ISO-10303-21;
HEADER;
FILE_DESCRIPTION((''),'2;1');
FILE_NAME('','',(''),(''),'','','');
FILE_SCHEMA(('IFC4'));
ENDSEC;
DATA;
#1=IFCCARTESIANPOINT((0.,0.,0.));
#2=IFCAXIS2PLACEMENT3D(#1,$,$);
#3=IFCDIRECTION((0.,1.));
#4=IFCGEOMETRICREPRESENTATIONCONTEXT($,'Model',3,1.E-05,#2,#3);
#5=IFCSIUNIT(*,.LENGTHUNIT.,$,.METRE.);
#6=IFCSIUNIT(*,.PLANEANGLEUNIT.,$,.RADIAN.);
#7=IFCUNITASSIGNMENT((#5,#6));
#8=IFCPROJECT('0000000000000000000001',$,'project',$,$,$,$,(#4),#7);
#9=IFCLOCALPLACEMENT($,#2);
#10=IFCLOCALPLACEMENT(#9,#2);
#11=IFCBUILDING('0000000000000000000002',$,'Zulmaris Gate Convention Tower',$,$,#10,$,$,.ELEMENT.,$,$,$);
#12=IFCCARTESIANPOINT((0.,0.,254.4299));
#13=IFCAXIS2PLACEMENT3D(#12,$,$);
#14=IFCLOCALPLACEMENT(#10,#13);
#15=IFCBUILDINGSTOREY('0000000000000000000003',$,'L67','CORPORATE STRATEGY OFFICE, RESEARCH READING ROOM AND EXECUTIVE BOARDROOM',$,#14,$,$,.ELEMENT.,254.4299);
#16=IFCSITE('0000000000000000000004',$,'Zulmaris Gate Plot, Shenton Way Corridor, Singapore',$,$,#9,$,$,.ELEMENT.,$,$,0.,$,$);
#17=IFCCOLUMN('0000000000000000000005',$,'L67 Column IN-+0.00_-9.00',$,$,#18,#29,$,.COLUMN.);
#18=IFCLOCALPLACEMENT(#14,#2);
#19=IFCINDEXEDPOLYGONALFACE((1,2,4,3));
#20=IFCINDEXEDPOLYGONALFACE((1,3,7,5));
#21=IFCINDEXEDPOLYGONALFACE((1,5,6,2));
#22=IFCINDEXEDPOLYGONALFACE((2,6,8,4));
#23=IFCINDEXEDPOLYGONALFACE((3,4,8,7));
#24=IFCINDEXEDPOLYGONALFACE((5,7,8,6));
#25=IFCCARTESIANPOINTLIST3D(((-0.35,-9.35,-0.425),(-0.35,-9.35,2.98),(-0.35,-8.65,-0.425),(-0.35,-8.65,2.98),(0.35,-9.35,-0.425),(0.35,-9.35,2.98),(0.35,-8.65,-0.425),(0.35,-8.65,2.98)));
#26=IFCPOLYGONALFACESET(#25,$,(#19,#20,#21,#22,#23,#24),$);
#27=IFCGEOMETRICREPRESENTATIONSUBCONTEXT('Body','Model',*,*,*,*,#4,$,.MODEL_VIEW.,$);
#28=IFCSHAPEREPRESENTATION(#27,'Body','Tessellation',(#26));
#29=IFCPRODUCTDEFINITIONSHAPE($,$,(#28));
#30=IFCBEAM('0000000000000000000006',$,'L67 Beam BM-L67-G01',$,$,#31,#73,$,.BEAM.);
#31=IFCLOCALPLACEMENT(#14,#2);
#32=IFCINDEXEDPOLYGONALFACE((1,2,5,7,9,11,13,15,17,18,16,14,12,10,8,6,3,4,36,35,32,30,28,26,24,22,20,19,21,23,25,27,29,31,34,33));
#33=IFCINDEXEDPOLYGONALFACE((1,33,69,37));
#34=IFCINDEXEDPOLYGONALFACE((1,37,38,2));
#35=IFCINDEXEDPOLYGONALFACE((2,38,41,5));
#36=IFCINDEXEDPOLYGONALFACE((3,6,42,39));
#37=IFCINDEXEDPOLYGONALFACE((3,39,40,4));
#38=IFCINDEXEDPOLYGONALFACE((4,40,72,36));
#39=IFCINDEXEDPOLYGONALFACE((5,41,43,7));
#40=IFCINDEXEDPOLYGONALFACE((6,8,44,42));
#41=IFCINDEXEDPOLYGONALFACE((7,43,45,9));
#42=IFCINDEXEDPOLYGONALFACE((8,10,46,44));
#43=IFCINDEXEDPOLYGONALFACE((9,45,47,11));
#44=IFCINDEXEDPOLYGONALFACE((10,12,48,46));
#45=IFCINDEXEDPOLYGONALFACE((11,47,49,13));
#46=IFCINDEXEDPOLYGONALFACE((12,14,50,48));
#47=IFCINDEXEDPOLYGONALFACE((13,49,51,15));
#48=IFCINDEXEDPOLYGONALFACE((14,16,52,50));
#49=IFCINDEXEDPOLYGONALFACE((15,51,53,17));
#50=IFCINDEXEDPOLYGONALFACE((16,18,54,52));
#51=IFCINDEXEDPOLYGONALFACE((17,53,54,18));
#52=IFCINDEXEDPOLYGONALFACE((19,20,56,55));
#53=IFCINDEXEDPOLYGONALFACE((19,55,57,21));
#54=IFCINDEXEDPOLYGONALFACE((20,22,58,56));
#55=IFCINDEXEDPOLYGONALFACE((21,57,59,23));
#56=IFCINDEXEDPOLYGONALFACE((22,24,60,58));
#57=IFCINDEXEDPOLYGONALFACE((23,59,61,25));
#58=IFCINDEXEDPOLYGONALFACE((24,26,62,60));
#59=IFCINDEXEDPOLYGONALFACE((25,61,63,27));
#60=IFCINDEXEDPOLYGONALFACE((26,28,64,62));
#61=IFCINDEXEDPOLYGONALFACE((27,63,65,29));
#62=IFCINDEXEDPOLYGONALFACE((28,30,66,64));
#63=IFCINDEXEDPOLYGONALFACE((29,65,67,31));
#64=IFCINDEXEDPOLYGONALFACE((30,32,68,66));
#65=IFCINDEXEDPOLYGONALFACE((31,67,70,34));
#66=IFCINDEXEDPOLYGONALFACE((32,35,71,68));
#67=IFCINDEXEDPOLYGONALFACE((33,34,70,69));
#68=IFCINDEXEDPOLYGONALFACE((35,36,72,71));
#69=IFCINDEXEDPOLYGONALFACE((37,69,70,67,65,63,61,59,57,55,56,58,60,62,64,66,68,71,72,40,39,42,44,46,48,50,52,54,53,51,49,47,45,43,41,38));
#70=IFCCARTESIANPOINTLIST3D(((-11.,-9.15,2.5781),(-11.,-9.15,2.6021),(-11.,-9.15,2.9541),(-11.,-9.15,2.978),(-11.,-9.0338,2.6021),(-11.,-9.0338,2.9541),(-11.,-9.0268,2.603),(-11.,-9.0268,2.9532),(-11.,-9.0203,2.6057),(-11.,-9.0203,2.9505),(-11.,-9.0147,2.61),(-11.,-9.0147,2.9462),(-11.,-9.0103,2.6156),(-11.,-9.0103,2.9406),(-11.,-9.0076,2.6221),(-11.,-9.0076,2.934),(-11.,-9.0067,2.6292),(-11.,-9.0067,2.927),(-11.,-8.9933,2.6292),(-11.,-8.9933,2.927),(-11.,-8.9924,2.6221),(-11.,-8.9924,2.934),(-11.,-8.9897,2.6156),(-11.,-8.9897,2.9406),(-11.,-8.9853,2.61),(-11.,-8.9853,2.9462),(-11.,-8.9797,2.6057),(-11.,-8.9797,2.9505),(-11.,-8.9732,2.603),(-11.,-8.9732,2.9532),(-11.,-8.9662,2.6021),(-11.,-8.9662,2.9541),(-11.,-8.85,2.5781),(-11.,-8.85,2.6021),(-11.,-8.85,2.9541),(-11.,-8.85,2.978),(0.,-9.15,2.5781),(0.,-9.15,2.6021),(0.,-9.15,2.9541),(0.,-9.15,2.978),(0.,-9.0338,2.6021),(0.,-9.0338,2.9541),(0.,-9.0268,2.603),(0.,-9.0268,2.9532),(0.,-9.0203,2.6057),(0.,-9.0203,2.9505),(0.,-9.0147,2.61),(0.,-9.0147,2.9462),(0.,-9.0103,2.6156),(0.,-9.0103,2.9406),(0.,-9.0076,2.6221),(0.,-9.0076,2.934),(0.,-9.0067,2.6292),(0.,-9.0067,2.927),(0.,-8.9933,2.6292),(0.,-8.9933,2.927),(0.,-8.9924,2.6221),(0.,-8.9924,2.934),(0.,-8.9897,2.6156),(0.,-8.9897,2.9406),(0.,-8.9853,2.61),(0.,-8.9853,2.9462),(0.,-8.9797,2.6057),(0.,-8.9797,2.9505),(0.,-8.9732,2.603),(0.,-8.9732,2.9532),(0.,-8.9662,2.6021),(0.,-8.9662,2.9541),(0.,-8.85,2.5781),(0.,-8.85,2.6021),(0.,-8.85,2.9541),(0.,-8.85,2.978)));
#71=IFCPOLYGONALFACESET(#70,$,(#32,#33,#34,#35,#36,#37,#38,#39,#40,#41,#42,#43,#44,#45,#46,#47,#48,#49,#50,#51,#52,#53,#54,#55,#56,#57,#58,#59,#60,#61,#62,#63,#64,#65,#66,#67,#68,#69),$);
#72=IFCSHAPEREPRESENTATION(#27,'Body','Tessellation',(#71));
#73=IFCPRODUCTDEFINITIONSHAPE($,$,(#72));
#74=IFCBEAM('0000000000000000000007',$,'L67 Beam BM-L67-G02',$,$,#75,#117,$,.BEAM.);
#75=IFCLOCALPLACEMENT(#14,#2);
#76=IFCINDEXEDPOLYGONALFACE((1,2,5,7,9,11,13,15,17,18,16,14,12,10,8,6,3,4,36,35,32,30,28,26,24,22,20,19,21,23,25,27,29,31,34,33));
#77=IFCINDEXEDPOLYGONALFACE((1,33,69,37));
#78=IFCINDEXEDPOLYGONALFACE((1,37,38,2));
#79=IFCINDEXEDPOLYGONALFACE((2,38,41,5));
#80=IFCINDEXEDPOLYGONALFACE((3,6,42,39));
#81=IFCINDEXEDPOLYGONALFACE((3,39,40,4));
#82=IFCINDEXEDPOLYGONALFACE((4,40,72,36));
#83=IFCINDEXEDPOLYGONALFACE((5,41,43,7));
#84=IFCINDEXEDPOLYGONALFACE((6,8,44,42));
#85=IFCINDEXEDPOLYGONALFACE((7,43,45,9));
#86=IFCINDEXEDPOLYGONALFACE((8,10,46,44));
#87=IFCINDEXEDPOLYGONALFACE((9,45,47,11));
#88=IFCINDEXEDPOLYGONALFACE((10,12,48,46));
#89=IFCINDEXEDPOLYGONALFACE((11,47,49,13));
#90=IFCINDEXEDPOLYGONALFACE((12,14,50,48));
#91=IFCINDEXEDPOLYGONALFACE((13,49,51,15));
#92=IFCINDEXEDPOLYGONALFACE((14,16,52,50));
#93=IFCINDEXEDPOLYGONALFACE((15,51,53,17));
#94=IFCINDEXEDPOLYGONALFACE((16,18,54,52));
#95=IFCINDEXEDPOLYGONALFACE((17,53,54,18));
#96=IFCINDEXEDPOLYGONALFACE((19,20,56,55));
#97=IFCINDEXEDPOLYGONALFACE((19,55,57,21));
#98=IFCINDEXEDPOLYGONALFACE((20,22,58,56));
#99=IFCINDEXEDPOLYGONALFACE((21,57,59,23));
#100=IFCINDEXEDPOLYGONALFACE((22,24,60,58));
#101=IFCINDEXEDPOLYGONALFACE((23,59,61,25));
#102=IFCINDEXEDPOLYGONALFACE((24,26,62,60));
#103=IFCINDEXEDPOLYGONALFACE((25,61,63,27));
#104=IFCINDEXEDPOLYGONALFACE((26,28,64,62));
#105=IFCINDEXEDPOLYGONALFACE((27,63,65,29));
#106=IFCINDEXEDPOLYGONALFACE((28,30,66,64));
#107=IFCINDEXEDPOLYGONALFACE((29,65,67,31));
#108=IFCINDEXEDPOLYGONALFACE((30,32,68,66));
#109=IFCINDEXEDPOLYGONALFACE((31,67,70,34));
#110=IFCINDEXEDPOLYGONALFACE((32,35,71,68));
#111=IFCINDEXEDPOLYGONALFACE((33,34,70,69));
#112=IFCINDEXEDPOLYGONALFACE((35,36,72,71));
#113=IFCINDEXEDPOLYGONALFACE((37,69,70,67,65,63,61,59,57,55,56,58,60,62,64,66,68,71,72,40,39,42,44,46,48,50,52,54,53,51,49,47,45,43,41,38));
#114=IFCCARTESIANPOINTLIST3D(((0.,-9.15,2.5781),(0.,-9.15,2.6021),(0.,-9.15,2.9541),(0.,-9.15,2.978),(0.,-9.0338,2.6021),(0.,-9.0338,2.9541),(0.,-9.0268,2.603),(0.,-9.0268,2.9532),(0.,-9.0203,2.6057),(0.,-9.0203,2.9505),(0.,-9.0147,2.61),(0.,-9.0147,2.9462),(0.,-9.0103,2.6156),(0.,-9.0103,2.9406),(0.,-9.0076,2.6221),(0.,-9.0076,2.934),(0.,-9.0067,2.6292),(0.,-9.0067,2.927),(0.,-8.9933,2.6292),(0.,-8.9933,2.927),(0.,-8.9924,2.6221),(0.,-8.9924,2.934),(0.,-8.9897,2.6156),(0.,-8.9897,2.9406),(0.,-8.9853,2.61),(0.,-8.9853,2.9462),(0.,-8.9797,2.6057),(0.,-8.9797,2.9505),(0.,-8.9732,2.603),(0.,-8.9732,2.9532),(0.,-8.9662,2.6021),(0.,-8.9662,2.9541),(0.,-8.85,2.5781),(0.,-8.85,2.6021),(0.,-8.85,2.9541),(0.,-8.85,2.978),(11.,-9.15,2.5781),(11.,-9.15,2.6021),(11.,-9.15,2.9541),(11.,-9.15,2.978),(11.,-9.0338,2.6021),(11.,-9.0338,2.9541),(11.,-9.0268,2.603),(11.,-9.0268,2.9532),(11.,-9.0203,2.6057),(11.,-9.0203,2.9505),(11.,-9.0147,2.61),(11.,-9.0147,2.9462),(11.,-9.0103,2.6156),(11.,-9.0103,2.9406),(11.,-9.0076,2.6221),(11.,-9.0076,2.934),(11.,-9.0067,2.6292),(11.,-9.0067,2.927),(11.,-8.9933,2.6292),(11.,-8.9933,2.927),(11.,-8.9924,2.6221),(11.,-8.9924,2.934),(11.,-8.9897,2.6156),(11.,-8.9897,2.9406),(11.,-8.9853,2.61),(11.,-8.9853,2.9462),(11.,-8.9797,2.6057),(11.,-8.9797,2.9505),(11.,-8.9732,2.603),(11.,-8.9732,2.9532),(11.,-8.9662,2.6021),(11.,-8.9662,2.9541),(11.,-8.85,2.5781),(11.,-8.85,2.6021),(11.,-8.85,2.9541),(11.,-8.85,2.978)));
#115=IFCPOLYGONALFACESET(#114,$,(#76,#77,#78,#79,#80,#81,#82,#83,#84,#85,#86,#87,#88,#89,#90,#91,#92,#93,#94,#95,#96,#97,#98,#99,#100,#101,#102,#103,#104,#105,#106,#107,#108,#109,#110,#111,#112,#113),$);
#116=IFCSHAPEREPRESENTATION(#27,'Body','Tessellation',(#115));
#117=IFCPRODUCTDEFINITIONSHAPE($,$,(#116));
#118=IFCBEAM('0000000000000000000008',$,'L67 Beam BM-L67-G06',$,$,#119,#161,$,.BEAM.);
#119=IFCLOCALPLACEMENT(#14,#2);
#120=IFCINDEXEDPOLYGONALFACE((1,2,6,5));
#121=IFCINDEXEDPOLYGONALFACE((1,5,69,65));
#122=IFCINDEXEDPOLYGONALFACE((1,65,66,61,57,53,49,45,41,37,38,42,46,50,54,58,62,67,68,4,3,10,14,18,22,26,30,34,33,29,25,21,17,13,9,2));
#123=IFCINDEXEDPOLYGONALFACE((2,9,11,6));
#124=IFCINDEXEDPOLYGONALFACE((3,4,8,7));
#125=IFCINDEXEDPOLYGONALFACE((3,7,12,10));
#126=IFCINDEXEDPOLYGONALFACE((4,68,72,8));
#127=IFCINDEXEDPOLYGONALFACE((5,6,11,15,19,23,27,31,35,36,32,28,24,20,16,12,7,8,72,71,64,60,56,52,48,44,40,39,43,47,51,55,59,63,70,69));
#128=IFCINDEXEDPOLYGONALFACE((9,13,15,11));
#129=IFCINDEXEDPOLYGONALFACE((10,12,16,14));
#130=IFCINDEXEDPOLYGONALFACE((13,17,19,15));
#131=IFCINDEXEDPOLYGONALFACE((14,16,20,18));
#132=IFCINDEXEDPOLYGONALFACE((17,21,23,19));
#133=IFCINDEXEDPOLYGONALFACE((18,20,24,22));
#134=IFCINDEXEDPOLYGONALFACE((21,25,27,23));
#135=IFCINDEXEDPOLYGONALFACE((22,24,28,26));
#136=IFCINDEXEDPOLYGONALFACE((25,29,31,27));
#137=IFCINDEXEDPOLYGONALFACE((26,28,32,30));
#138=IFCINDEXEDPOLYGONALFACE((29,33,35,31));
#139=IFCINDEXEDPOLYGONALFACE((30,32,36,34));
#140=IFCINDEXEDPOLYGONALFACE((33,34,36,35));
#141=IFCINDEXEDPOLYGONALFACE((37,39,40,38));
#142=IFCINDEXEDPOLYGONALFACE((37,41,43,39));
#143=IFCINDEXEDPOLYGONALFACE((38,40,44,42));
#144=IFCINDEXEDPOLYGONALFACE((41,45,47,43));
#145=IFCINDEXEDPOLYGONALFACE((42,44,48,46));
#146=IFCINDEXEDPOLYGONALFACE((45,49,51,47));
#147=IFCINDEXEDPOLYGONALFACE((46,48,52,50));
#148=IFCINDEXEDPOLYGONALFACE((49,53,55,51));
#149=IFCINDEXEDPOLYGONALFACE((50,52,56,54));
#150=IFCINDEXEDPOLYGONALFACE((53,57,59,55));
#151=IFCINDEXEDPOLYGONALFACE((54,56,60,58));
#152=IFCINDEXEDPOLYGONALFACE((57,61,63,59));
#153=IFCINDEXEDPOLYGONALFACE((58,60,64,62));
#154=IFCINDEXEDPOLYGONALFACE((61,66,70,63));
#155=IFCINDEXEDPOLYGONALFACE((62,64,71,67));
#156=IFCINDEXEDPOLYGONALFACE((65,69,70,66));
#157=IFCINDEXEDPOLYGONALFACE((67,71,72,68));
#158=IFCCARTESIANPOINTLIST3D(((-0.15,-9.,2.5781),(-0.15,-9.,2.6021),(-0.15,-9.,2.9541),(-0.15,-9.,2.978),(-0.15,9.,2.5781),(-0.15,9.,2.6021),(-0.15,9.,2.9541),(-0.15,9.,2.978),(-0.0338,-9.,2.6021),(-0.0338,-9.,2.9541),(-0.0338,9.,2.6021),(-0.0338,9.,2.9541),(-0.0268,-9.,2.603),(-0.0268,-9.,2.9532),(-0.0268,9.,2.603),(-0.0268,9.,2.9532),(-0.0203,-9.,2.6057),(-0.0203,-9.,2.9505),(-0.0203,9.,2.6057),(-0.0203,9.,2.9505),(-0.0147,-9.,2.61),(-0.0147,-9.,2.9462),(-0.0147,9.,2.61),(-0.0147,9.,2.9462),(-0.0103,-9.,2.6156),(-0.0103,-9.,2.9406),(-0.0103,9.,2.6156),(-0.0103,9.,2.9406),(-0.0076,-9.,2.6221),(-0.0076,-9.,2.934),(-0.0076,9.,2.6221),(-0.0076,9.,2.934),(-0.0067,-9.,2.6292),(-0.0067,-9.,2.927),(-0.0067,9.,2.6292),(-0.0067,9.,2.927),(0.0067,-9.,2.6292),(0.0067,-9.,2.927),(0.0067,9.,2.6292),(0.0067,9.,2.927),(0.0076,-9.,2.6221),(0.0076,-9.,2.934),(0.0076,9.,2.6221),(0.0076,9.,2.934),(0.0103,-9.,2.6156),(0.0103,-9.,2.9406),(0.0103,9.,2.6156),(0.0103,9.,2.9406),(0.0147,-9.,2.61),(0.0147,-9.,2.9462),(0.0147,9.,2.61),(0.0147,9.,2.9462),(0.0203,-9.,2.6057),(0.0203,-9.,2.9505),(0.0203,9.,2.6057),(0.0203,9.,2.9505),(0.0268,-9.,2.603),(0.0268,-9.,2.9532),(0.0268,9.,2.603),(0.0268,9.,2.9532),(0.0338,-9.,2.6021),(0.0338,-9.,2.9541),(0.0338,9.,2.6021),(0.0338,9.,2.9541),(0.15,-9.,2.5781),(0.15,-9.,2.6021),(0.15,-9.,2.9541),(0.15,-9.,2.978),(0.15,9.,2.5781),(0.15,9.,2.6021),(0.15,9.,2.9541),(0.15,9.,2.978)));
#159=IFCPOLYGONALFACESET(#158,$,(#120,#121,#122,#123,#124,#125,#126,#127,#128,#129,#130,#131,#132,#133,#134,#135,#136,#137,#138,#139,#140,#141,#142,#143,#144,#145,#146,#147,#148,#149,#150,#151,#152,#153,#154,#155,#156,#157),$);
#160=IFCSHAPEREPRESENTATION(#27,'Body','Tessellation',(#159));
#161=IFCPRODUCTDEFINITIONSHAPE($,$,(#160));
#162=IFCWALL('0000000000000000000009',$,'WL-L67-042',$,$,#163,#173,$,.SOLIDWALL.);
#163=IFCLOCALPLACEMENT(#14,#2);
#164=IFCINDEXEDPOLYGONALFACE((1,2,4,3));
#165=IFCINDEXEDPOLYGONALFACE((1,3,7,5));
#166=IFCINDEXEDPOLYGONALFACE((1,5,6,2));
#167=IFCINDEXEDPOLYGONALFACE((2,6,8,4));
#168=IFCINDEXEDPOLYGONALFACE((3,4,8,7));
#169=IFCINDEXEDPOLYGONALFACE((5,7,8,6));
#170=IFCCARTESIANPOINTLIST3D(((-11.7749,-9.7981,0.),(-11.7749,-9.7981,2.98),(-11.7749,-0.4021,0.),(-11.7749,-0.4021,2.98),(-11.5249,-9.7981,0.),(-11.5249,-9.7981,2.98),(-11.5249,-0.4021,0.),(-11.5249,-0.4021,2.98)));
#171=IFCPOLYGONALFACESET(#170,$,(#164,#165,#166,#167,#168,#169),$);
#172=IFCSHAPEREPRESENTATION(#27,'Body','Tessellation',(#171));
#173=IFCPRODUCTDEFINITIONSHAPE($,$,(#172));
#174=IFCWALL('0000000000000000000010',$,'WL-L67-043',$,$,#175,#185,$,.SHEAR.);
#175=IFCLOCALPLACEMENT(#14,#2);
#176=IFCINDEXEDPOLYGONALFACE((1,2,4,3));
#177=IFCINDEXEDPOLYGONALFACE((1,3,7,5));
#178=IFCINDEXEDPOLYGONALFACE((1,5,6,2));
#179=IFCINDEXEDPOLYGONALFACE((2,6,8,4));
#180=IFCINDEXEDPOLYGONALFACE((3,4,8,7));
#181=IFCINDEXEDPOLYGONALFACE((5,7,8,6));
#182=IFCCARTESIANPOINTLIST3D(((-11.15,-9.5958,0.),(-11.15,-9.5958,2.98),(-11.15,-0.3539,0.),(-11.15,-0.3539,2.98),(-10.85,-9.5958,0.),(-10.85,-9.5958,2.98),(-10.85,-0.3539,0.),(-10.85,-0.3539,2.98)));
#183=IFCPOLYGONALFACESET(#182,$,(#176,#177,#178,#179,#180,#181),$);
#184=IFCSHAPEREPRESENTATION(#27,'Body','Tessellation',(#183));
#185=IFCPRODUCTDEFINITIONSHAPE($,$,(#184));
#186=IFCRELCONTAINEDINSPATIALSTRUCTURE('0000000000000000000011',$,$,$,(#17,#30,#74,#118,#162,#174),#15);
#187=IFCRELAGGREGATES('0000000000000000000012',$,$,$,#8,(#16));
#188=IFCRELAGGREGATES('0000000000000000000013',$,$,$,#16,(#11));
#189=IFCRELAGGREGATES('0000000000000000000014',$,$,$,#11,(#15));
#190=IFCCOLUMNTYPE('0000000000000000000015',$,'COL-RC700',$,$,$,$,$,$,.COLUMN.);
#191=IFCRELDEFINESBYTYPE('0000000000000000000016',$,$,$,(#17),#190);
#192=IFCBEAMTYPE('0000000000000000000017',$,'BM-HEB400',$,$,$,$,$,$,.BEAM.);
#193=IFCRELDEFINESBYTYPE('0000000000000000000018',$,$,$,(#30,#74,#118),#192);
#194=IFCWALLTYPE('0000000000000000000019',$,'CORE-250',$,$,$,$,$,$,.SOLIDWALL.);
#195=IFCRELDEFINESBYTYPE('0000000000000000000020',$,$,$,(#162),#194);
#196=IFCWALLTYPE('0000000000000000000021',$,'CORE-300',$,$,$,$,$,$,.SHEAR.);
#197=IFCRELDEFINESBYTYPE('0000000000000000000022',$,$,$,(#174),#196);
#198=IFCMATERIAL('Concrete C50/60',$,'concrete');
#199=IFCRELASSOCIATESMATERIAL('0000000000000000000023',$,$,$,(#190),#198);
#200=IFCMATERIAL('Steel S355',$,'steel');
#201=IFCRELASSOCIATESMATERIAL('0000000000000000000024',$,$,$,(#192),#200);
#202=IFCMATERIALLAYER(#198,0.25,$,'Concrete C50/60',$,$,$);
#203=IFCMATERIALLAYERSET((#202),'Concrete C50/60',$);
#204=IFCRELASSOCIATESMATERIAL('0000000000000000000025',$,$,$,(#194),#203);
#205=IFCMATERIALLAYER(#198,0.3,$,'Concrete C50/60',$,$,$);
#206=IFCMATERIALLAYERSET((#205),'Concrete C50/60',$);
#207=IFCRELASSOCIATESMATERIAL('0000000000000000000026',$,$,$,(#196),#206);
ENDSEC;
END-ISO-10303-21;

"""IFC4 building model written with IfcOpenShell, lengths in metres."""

from ifc_helpers import new_model, si_unit, direction, frame, frame_2d, origin, origin_2d, place, context, subcontext, project, spatial, rectangle, i_section, extrude, material, layer, layer_set, material_profile, profile_set, type_object, element, save


model = new_model("IFC4")

# Units and contexts
model_context = context("Model", 3, precision=1e-05, world=origin(), true_north=direction((0.0, 1.0)))
body_context = subcontext(model_context, "Body", "Model", "MODEL_VIEW")
ifc_project = project(units=[si_unit("LENGTHUNIT", "METRE"), si_unit("PLANEANGLEUNIT", "RADIAN")], contexts=[model_context])

# Site, building, storey
site_placement = place(None, origin())
site = spatial("IfcSite", under=ifc_project, at=site_placement, Name="Zulmaris Gate Plot, Shenton Way Corridor, Singapore", CompositionType="ELEMENT", RefElevation=0.0)
building_placement = place(site_placement, origin())
building = spatial("IfcBuilding", under=site, at=building_placement, Name="Zulmaris Gate Convention Tower", CompositionType="ELEMENT")
storey_placement = place(building_placement, frame((0.0, 0.0, 254.4299)))
storey = spatial("IfcBuildingStorey", under=building, at=storey_placement, Name="L67", Description="CORPORATE STRATEGY OFFICE, RESEARCH READING ROOM AND EXECUTIVE BOARDROOM", CompositionType="ELEMENT", Elevation=254.4299)

# Column
ifc_material_1 = material(Name="Concrete C50/60", Category="concrete")
ifc_material_profile_1 = material_profile(ifc_material_1, rectangle(XDim=0.7, YDim=0.7, at=origin_2d()), Name="RC COL 700x700")
ifc_profile_set_1 = profile_set([ifc_material_profile_1], Name="Concrete C50/60")
column_type = type_object("IfcColumnType", Name="COL-RC700", PredefinedType="COLUMN", material=ifc_profile_set_1)
column_placement = place(storey_placement, frame((0.0, -9.0, -0.425), z_axis=(0.0, 0.0, 1.0), x_axis=(1.0, 0.0, 0.0)))
element("IfcColumn", 1, at=column_placement, inside=storey, type_object=column_type, Name="L67 Column IN-+0.00_-9.00", PredefinedType="COLUMN", context=body_context, shape_type="SweptSolid", body=[
    extrude(rectangle(XDim=0.7, YDim=0.7, at=origin_2d()), origin(), (0.0, 0.0, 1.0), 3.405),
])

# Beams
ifc_material_2 = material(Name="Steel S355", Category="steel")
ifc_material_profile_2 = material_profile(ifc_material_2, i_section(OverallWidth=0.3, OverallDepth=0.3999, WebThickness=0.0134, FlangeThickness=0.0239, FilletRadius=0.0271, at=origin_2d()), Name="HEB 400")
ifc_profile_set_2 = profile_set([ifc_material_profile_2], Name="Steel S355")
beam_type = type_object("IfcBeamType", Name="BM-HEB400", PredefinedType="BEAM", material=ifc_profile_set_2)
for number, where, z_axis, x_axis, name in (
    (2, (-11.0, -9.0, 2.7781), (1.0, 0.0, 0.0), (0.0, 1.0, 0.0), "L67 Beam BM-L67-G01"),
    (3, (0.0, -9.0, 2.7781), (1.0, 0.0, 0.0), (0.0, 1.0, 0.0), "L67 Beam BM-L67-G02"),
):
    element("IfcBeam", number, at=place(storey_placement, frame(where, z_axis=z_axis, x_axis=x_axis)), inside=storey, type_object=beam_type, Name=name, PredefinedType="BEAM", context=body_context, shape_type="SweptSolid", body=[
        extrude(i_section(OverallWidth=0.3, OverallDepth=0.3999, WebThickness=0.0134, FlangeThickness=0.0239, FilletRadius=0.0271, at=origin_2d()), origin(), (0.0, 0.0, 1.0), 11.0),
    ])
beam_placement = place(storey_placement, frame((0.0, -9.0, 2.7781), z_axis=(0.0, 1.0, 0.0), x_axis=(-1.0, 0.0, 0.0)))
element("IfcBeam", 4, at=beam_placement, inside=storey, type_object=beam_type, Name="L67 Beam BM-L67-G06", PredefinedType="BEAM", context=body_context, shape_type="SweptSolid", body=[
    extrude(i_section(OverallWidth=0.3, OverallDepth=0.3999, WebThickness=0.0134, FlangeThickness=0.0239, FilletRadius=0.0271, at=origin_2d()), origin(), (0.0, 0.0, 1.0), 18.0),
])

# Walls
ifc_layer_1 = layer(ifc_material_1, 0.25, Name="Concrete C50/60")
ifc_layer_set_1 = layer_set([ifc_layer_1], Name="Concrete C50/60")
wall_type_1 = type_object("IfcWallType", Name="CORE-250", PredefinedType="SOLIDWALL", material=ifc_layer_set_1)
wall_1_placement = place(storey_placement, frame((-11.6499, -9.7981, 0.0), z_axis=(0.0, 0.0, 1.0), x_axis=(0.0, 1.0, 0.0)))
element("IfcWall", 5, at=wall_1_placement, inside=storey, type_object=wall_type_1, Name="WL-L67-042", PredefinedType="SOLIDWALL", context=body_context, shape_type="SweptSolid", body=[
    extrude(rectangle(XDim=9.396, YDim=0.25, at=frame_2d((4.698, 0.0))), origin(), (0.0, 0.0, 1.0), 2.98),
])
ifc_layer_2 = layer(ifc_material_1, 0.3, Name="Concrete C50/60")
ifc_layer_set_2 = layer_set([ifc_layer_2], Name="Concrete C50/60")
wall_type_2 = type_object("IfcWallType", Name="CORE-300", PredefinedType="SHEAR", material=ifc_layer_set_2)
wall_2_placement = place(storey_placement, frame((-11.0, -9.5959, 0.0), z_axis=(0.0, 0.0, 1.0), x_axis=(0.0, 1.0, 0.0)))
element("IfcWall", 6, at=wall_2_placement, inside=storey, type_object=wall_type_2, Name="WL-L67-043", PredefinedType="SHEAR", context=body_context, shape_type="SweptSolid", body=[
    extrude(rectangle(XDim=9.2419, YDim=0.3, at=frame_2d((4.6211, 0.0))), origin(), (0.0, 0.0, 1.0), 2.98),
])

save(model, "model.ifc")
